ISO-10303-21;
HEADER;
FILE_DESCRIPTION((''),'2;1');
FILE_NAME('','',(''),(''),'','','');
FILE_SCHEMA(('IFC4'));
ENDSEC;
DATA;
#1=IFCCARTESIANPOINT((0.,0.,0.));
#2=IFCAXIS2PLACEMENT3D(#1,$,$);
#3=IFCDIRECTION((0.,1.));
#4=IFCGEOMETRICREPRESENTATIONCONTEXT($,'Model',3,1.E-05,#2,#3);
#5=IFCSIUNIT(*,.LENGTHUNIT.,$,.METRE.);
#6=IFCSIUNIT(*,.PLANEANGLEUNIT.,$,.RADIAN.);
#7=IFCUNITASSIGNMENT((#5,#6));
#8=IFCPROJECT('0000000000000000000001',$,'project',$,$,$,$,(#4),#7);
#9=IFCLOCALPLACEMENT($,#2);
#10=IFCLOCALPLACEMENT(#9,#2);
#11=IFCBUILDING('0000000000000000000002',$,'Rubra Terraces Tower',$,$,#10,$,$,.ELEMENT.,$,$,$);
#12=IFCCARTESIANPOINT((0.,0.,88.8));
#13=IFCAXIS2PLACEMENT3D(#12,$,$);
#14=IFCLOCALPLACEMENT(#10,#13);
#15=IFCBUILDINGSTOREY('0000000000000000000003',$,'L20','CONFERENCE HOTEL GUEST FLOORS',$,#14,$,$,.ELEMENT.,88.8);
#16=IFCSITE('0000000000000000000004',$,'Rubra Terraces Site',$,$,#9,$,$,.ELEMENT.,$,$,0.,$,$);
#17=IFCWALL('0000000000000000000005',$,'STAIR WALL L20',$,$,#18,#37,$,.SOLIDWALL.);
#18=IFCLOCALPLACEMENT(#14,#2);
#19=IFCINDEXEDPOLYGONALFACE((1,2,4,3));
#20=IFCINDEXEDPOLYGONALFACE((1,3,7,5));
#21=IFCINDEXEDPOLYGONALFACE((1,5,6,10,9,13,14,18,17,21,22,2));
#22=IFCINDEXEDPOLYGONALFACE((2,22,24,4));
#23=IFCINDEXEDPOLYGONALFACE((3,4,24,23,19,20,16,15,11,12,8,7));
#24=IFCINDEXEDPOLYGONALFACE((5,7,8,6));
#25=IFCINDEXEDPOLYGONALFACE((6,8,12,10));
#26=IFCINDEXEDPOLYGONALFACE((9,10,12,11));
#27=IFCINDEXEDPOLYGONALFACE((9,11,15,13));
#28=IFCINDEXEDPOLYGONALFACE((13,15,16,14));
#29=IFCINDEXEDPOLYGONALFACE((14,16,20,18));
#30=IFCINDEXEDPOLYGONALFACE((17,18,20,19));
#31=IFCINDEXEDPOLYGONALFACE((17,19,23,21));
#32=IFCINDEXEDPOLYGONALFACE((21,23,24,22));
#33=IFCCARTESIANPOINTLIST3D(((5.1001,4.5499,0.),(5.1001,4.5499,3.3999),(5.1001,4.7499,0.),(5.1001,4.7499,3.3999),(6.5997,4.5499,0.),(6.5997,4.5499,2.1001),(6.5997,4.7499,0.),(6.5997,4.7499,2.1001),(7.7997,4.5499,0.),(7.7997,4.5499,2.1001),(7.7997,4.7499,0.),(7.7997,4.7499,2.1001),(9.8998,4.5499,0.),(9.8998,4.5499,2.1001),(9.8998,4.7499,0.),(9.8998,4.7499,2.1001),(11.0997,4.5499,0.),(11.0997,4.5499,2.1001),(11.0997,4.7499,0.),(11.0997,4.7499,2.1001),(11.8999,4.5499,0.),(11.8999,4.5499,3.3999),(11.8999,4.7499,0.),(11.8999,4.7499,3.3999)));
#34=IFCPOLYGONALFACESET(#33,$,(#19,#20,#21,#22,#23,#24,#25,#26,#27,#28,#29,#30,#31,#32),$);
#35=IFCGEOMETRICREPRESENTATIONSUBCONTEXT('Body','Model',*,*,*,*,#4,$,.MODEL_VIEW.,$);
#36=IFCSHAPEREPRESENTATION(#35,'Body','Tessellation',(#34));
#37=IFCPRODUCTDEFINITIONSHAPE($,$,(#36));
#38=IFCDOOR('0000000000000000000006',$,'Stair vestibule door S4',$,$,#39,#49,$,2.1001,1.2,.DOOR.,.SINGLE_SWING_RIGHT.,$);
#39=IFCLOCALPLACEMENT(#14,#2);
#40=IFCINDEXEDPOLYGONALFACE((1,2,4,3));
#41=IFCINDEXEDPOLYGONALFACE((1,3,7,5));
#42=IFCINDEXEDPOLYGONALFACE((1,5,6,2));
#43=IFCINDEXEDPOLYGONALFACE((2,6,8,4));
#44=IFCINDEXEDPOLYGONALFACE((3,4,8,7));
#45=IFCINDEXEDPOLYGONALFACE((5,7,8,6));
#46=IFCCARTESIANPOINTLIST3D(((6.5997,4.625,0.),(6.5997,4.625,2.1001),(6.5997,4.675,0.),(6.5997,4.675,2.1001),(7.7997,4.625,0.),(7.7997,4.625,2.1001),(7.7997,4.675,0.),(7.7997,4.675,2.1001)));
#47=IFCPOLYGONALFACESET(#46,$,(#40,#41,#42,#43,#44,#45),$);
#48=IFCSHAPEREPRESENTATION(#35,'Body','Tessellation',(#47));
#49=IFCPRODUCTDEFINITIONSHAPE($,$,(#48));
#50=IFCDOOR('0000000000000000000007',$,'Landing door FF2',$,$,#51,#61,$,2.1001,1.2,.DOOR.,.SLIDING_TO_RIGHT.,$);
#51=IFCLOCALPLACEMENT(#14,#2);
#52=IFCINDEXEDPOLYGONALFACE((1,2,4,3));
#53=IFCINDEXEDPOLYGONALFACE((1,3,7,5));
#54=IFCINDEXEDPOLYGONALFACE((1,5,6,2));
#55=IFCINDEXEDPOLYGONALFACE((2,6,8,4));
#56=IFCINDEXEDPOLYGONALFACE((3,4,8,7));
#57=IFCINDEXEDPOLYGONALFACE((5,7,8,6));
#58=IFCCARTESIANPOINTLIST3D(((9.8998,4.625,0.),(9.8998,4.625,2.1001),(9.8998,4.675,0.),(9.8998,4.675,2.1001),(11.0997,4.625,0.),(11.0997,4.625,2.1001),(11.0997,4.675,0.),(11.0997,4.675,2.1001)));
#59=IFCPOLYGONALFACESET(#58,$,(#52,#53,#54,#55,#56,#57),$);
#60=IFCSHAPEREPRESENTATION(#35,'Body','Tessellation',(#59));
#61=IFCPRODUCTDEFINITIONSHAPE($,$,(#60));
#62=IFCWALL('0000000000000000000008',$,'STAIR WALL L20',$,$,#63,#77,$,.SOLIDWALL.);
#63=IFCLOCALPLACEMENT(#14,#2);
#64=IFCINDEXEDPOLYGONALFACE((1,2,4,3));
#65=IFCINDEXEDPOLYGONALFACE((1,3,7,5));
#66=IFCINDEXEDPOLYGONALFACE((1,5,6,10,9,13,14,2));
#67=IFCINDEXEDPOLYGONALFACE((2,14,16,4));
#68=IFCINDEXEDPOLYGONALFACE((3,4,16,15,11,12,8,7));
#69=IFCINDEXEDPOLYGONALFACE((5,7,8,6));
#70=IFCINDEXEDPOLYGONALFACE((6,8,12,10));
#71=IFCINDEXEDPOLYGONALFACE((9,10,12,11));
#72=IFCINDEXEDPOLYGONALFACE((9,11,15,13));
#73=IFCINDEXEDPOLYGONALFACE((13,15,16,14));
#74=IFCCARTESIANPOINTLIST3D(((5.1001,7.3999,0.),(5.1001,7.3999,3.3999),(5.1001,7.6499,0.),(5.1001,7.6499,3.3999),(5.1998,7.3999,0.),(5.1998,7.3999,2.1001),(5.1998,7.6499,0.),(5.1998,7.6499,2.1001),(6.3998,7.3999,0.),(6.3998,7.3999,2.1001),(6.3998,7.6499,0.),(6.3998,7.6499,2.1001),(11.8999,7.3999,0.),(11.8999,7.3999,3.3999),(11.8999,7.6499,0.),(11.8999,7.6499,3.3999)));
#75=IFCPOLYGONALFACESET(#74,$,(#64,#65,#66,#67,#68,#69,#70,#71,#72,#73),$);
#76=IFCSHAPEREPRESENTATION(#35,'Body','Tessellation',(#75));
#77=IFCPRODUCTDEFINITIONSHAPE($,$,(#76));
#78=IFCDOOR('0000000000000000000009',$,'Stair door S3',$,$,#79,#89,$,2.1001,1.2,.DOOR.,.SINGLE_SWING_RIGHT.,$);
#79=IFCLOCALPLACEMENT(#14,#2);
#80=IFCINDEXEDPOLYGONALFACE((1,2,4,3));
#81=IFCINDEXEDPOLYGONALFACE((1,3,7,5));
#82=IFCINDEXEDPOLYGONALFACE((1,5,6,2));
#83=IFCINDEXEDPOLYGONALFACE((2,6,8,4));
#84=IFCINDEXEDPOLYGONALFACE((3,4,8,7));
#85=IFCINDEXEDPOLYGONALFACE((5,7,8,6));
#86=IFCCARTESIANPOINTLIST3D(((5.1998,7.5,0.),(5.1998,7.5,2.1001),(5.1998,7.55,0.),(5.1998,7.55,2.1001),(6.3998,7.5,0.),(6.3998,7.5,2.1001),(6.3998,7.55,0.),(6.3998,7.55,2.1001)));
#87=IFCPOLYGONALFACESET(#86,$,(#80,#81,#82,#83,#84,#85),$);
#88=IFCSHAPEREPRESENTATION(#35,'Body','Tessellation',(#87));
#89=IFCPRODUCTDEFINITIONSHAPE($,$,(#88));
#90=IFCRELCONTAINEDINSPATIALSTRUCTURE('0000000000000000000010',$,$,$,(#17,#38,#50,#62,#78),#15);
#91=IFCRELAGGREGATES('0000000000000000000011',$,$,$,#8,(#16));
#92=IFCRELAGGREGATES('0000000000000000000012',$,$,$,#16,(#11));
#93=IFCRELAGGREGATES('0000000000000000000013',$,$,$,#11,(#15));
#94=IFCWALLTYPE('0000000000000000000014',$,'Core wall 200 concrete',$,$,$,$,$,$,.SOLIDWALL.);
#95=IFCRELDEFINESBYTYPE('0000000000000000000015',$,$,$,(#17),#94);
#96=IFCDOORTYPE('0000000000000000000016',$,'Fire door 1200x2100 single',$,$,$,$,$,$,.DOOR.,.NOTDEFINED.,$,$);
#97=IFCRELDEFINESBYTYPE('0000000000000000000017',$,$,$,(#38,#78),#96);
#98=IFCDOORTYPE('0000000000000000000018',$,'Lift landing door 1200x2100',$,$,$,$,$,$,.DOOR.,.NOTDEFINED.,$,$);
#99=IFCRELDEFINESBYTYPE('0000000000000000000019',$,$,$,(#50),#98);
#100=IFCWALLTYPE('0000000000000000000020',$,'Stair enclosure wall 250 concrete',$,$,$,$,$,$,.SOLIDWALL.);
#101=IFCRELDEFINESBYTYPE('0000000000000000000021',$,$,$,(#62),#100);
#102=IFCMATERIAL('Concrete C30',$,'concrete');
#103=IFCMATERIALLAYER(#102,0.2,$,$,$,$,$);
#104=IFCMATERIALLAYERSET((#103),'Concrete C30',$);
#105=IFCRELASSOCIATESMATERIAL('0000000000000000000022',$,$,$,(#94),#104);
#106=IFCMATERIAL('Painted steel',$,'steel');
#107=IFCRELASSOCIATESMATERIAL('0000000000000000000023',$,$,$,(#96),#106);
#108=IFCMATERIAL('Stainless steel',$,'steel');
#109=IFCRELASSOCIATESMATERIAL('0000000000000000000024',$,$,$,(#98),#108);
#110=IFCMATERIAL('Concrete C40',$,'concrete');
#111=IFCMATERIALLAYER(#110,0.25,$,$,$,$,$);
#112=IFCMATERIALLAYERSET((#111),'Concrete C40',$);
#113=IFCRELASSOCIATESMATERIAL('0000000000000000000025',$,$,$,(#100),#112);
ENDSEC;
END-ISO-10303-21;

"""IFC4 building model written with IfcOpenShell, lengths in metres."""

from ifc_helpers import new_model, si_unit, direction, frame, frame_2d, origin, place, context, subcontext, project, spatial, rectangle, extrude, material, layer, layer_set, type_object, element, fill, save


model = new_model("IFC4")

# Units and contexts
model_context = context("Model", 3, precision=1e-05, world=origin(), true_north=direction((0.0, 1.0)))
body_context = subcontext(model_context, "Body", "Model", "MODEL_VIEW")
ifc_project = project(units=[si_unit("LENGTHUNIT", "METRE"), si_unit("PLANEANGLEUNIT", "RADIAN")], contexts=[model_context])

# Site, building, storey
site_placement = place(None, origin())
site = spatial("IfcSite", under=ifc_project, at=site_placement, Name="Rubra Terraces Site", CompositionType="ELEMENT", RefElevation=0.0)
building_placement = place(site_placement, origin())
building = spatial("IfcBuilding", under=site, at=building_placement, Name="Rubra Terraces Tower", CompositionType="ELEMENT")
storey_placement = place(building_placement, frame((0.0, 0.0, 88.8)))
storey = spatial("IfcBuildingStorey", under=building, at=storey_placement, Name="L20", Description="CONFERENCE HOTEL GUEST FLOORS", CompositionType="ELEMENT", Elevation=88.8)

# Wall, openings, doors
ifc_material_1 = material(Name="Concrete C30", Category="concrete")
ifc_layer_1 = layer(ifc_material_1, 0.2)
ifc_layer_set_1 = layer_set([ifc_layer_1], Name="Concrete C30")
wall_type_1 = type_object("IfcWallType", Name="Core wall 200 concrete", PredefinedType="SOLIDWALL", material=ifc_layer_set_1)
wall_1_placement = place(storey_placement, frame((11.8999, 4.6499, 0.0), z_axis=(0.0, 0.0, 1.0), x_axis=(-1.0, 0.0, 0.0)))
wall_1 = element("IfcWall", 1, at=wall_1_placement, inside=storey, type_object=wall_type_1, Name="STAIR WALL L20", PredefinedType="SOLIDWALL", context=body_context, shape_type="SweptSolid", body=[
    extrude(rectangle(XDim=6.7998, YDim=0.2, at=frame_2d((3.3999, 0.0))), origin(), (0.0, 0.0, 1.0), 3.3999),
])
opening_1_placement = place(wall_1_placement, frame((4.1001, 0.0, 0.0)))
opening_1 = element("IfcOpeningElement", 2, at=opening_1_placement, cuts=wall_1, PredefinedType="OPENING", context=body_context, shape_type="SweptSolid", body=[
    extrude(rectangle(XDim=1.2, YDim=2.1001, at=frame_2d((0.6001, 1.05))), frame((0.0, 0.1099, 0.0), z_axis=(0.0, -1.0, 0.0), x_axis=(1.0, 0.0, 0.0)), (0.0, 0.0, 1.0), 0.22),
])
opening_2_placement = place(wall_1_placement, frame((0.8, 0.0, 0.0)))
opening_2 = element("IfcOpeningElement", 3, at=opening_2_placement, cuts=wall_1, PredefinedType="OPENING", context=body_context, shape_type="SweptSolid", body=[
    extrude(rectangle(XDim=1.2, YDim=2.1001, at=frame_2d((0.6001, 1.05))), frame((0.0, 0.1099, 0.0), z_axis=(0.0, -1.0, 0.0), x_axis=(1.0, 0.0, 0.0)), (0.0, 0.0, 1.0), 0.22),
])
ifc_material_2 = material(Name="Painted steel", Category="steel")
door_type_1 = type_object("IfcDoorType", Name="Fire door 1200x2100 single", OperationType="NOTDEFINED", PredefinedType="DOOR", material=ifc_material_2)
door_1_placement = place(opening_1_placement, origin())
door_1 = element("IfcDoor", 4, at=door_1_placement, inside=storey, type_object=door_type_1, Name="Stair vestibule door S4", OperationType="SINGLE_SWING_RIGHT", OverallHeight=2.1001, OverallWidth=1.2, PredefinedType="DOOR", context=body_context, shape_type="SweptSolid", body=[
    extrude(rectangle(XDim=1.2, YDim=2.1001, at=frame_2d((0.6001, 1.05))), frame((0.0, 0.0249, 0.0), z_axis=(0.0, -1.0, 0.0), x_axis=(1.0, 0.0, 0.0)), (0.0, 0.0, 1.0), 0.05),
])
fill(opening_1, door_1)
ifc_material_3 = material(Name="Stainless steel", Category="steel")
door_type_2 = type_object("IfcDoorType", Name="Lift landing door 1200x2100", OperationType="NOTDEFINED", PredefinedType="DOOR", material=ifc_material_3)
door_2_placement = place(opening_2_placement, origin())
door_2 = element("IfcDoor", 5, at=door_2_placement, inside=storey, type_object=door_type_2, Name="Landing door FF2", OperationType="SLIDING_TO_RIGHT", OverallHeight=2.1001, OverallWidth=1.2, PredefinedType="DOOR", context=body_context, shape_type="SweptSolid", body=[
    extrude(rectangle(XDim=1.2, YDim=2.1001, at=frame_2d((0.6001, 1.05))), frame((0.0, 0.0249, 0.0), z_axis=(0.0, -1.0, 0.0), x_axis=(1.0, 0.0, 0.0)), (0.0, 0.0, 1.0), 0.05),
])
fill(opening_2, door_2)

# Wall, opening, door
ifc_material_4 = material(Name="Concrete C40", Category="concrete")
ifc_layer_2 = layer(ifc_material_4, 0.25)
ifc_layer_set_2 = layer_set([ifc_layer_2], Name="Concrete C40")
wall_type_2 = type_object("IfcWallType", Name="Stair enclosure wall 250 concrete", PredefinedType="SOLIDWALL", material=ifc_layer_set_2)
wall_2_placement = place(storey_placement, frame((11.8999, 7.5249, 0.0), z_axis=(0.0, 0.0, 1.0), x_axis=(-1.0, 0.0, 0.0)))
wall_2 = element("IfcWall", 6, at=wall_2_placement, inside=storey, type_object=wall_type_2, Name="STAIR WALL L20", PredefinedType="SOLIDWALL", context=body_context, shape_type="SweptSolid", body=[
    extrude(rectangle(XDim=6.7998, YDim=0.25, at=frame_2d((3.3999, 0.0))), origin(), (0.0, 0.0, 1.0), 3.3999),
])
opening_3_placement = place(wall_2_placement, frame((5.5, 0.0, 0.0)))
opening_3 = element("IfcOpeningElement", 7, at=opening_3_placement, cuts=wall_2, PredefinedType="OPENING", context=body_context, shape_type="SweptSolid", body=[
    extrude(rectangle(XDim=1.2, YDim=2.1001, at=frame_2d((0.6001, 1.05))), frame((0.0, 0.135, 0.0), z_axis=(0.0, -1.0, 0.0), x_axis=(1.0, 0.0, 0.0)), (0.0, 0.0, 1.0), 0.27),
])
door_3_placement = place(opening_3_placement, origin())
door_3 = element("IfcDoor", 8, at=door_3_placement, inside=storey, type_object=door_type_1, Name="Stair door S3", OperationType="SINGLE_SWING_RIGHT", OverallHeight=2.1001, OverallWidth=1.2, PredefinedType="DOOR", context=body_context, shape_type="SweptSolid", body=[
    extrude(rectangle(XDim=1.2, YDim=2.1001, at=frame_2d((0.6001, 1.05))), frame((0.0, 0.0249, 0.0), z_axis=(0.0, -1.0, 0.0), x_axis=(1.0, 0.0, 0.0)), (0.0, 0.0, 1.0), 0.05),
])
fill(opening_3, door_3)

save(model, "model.ifc")
